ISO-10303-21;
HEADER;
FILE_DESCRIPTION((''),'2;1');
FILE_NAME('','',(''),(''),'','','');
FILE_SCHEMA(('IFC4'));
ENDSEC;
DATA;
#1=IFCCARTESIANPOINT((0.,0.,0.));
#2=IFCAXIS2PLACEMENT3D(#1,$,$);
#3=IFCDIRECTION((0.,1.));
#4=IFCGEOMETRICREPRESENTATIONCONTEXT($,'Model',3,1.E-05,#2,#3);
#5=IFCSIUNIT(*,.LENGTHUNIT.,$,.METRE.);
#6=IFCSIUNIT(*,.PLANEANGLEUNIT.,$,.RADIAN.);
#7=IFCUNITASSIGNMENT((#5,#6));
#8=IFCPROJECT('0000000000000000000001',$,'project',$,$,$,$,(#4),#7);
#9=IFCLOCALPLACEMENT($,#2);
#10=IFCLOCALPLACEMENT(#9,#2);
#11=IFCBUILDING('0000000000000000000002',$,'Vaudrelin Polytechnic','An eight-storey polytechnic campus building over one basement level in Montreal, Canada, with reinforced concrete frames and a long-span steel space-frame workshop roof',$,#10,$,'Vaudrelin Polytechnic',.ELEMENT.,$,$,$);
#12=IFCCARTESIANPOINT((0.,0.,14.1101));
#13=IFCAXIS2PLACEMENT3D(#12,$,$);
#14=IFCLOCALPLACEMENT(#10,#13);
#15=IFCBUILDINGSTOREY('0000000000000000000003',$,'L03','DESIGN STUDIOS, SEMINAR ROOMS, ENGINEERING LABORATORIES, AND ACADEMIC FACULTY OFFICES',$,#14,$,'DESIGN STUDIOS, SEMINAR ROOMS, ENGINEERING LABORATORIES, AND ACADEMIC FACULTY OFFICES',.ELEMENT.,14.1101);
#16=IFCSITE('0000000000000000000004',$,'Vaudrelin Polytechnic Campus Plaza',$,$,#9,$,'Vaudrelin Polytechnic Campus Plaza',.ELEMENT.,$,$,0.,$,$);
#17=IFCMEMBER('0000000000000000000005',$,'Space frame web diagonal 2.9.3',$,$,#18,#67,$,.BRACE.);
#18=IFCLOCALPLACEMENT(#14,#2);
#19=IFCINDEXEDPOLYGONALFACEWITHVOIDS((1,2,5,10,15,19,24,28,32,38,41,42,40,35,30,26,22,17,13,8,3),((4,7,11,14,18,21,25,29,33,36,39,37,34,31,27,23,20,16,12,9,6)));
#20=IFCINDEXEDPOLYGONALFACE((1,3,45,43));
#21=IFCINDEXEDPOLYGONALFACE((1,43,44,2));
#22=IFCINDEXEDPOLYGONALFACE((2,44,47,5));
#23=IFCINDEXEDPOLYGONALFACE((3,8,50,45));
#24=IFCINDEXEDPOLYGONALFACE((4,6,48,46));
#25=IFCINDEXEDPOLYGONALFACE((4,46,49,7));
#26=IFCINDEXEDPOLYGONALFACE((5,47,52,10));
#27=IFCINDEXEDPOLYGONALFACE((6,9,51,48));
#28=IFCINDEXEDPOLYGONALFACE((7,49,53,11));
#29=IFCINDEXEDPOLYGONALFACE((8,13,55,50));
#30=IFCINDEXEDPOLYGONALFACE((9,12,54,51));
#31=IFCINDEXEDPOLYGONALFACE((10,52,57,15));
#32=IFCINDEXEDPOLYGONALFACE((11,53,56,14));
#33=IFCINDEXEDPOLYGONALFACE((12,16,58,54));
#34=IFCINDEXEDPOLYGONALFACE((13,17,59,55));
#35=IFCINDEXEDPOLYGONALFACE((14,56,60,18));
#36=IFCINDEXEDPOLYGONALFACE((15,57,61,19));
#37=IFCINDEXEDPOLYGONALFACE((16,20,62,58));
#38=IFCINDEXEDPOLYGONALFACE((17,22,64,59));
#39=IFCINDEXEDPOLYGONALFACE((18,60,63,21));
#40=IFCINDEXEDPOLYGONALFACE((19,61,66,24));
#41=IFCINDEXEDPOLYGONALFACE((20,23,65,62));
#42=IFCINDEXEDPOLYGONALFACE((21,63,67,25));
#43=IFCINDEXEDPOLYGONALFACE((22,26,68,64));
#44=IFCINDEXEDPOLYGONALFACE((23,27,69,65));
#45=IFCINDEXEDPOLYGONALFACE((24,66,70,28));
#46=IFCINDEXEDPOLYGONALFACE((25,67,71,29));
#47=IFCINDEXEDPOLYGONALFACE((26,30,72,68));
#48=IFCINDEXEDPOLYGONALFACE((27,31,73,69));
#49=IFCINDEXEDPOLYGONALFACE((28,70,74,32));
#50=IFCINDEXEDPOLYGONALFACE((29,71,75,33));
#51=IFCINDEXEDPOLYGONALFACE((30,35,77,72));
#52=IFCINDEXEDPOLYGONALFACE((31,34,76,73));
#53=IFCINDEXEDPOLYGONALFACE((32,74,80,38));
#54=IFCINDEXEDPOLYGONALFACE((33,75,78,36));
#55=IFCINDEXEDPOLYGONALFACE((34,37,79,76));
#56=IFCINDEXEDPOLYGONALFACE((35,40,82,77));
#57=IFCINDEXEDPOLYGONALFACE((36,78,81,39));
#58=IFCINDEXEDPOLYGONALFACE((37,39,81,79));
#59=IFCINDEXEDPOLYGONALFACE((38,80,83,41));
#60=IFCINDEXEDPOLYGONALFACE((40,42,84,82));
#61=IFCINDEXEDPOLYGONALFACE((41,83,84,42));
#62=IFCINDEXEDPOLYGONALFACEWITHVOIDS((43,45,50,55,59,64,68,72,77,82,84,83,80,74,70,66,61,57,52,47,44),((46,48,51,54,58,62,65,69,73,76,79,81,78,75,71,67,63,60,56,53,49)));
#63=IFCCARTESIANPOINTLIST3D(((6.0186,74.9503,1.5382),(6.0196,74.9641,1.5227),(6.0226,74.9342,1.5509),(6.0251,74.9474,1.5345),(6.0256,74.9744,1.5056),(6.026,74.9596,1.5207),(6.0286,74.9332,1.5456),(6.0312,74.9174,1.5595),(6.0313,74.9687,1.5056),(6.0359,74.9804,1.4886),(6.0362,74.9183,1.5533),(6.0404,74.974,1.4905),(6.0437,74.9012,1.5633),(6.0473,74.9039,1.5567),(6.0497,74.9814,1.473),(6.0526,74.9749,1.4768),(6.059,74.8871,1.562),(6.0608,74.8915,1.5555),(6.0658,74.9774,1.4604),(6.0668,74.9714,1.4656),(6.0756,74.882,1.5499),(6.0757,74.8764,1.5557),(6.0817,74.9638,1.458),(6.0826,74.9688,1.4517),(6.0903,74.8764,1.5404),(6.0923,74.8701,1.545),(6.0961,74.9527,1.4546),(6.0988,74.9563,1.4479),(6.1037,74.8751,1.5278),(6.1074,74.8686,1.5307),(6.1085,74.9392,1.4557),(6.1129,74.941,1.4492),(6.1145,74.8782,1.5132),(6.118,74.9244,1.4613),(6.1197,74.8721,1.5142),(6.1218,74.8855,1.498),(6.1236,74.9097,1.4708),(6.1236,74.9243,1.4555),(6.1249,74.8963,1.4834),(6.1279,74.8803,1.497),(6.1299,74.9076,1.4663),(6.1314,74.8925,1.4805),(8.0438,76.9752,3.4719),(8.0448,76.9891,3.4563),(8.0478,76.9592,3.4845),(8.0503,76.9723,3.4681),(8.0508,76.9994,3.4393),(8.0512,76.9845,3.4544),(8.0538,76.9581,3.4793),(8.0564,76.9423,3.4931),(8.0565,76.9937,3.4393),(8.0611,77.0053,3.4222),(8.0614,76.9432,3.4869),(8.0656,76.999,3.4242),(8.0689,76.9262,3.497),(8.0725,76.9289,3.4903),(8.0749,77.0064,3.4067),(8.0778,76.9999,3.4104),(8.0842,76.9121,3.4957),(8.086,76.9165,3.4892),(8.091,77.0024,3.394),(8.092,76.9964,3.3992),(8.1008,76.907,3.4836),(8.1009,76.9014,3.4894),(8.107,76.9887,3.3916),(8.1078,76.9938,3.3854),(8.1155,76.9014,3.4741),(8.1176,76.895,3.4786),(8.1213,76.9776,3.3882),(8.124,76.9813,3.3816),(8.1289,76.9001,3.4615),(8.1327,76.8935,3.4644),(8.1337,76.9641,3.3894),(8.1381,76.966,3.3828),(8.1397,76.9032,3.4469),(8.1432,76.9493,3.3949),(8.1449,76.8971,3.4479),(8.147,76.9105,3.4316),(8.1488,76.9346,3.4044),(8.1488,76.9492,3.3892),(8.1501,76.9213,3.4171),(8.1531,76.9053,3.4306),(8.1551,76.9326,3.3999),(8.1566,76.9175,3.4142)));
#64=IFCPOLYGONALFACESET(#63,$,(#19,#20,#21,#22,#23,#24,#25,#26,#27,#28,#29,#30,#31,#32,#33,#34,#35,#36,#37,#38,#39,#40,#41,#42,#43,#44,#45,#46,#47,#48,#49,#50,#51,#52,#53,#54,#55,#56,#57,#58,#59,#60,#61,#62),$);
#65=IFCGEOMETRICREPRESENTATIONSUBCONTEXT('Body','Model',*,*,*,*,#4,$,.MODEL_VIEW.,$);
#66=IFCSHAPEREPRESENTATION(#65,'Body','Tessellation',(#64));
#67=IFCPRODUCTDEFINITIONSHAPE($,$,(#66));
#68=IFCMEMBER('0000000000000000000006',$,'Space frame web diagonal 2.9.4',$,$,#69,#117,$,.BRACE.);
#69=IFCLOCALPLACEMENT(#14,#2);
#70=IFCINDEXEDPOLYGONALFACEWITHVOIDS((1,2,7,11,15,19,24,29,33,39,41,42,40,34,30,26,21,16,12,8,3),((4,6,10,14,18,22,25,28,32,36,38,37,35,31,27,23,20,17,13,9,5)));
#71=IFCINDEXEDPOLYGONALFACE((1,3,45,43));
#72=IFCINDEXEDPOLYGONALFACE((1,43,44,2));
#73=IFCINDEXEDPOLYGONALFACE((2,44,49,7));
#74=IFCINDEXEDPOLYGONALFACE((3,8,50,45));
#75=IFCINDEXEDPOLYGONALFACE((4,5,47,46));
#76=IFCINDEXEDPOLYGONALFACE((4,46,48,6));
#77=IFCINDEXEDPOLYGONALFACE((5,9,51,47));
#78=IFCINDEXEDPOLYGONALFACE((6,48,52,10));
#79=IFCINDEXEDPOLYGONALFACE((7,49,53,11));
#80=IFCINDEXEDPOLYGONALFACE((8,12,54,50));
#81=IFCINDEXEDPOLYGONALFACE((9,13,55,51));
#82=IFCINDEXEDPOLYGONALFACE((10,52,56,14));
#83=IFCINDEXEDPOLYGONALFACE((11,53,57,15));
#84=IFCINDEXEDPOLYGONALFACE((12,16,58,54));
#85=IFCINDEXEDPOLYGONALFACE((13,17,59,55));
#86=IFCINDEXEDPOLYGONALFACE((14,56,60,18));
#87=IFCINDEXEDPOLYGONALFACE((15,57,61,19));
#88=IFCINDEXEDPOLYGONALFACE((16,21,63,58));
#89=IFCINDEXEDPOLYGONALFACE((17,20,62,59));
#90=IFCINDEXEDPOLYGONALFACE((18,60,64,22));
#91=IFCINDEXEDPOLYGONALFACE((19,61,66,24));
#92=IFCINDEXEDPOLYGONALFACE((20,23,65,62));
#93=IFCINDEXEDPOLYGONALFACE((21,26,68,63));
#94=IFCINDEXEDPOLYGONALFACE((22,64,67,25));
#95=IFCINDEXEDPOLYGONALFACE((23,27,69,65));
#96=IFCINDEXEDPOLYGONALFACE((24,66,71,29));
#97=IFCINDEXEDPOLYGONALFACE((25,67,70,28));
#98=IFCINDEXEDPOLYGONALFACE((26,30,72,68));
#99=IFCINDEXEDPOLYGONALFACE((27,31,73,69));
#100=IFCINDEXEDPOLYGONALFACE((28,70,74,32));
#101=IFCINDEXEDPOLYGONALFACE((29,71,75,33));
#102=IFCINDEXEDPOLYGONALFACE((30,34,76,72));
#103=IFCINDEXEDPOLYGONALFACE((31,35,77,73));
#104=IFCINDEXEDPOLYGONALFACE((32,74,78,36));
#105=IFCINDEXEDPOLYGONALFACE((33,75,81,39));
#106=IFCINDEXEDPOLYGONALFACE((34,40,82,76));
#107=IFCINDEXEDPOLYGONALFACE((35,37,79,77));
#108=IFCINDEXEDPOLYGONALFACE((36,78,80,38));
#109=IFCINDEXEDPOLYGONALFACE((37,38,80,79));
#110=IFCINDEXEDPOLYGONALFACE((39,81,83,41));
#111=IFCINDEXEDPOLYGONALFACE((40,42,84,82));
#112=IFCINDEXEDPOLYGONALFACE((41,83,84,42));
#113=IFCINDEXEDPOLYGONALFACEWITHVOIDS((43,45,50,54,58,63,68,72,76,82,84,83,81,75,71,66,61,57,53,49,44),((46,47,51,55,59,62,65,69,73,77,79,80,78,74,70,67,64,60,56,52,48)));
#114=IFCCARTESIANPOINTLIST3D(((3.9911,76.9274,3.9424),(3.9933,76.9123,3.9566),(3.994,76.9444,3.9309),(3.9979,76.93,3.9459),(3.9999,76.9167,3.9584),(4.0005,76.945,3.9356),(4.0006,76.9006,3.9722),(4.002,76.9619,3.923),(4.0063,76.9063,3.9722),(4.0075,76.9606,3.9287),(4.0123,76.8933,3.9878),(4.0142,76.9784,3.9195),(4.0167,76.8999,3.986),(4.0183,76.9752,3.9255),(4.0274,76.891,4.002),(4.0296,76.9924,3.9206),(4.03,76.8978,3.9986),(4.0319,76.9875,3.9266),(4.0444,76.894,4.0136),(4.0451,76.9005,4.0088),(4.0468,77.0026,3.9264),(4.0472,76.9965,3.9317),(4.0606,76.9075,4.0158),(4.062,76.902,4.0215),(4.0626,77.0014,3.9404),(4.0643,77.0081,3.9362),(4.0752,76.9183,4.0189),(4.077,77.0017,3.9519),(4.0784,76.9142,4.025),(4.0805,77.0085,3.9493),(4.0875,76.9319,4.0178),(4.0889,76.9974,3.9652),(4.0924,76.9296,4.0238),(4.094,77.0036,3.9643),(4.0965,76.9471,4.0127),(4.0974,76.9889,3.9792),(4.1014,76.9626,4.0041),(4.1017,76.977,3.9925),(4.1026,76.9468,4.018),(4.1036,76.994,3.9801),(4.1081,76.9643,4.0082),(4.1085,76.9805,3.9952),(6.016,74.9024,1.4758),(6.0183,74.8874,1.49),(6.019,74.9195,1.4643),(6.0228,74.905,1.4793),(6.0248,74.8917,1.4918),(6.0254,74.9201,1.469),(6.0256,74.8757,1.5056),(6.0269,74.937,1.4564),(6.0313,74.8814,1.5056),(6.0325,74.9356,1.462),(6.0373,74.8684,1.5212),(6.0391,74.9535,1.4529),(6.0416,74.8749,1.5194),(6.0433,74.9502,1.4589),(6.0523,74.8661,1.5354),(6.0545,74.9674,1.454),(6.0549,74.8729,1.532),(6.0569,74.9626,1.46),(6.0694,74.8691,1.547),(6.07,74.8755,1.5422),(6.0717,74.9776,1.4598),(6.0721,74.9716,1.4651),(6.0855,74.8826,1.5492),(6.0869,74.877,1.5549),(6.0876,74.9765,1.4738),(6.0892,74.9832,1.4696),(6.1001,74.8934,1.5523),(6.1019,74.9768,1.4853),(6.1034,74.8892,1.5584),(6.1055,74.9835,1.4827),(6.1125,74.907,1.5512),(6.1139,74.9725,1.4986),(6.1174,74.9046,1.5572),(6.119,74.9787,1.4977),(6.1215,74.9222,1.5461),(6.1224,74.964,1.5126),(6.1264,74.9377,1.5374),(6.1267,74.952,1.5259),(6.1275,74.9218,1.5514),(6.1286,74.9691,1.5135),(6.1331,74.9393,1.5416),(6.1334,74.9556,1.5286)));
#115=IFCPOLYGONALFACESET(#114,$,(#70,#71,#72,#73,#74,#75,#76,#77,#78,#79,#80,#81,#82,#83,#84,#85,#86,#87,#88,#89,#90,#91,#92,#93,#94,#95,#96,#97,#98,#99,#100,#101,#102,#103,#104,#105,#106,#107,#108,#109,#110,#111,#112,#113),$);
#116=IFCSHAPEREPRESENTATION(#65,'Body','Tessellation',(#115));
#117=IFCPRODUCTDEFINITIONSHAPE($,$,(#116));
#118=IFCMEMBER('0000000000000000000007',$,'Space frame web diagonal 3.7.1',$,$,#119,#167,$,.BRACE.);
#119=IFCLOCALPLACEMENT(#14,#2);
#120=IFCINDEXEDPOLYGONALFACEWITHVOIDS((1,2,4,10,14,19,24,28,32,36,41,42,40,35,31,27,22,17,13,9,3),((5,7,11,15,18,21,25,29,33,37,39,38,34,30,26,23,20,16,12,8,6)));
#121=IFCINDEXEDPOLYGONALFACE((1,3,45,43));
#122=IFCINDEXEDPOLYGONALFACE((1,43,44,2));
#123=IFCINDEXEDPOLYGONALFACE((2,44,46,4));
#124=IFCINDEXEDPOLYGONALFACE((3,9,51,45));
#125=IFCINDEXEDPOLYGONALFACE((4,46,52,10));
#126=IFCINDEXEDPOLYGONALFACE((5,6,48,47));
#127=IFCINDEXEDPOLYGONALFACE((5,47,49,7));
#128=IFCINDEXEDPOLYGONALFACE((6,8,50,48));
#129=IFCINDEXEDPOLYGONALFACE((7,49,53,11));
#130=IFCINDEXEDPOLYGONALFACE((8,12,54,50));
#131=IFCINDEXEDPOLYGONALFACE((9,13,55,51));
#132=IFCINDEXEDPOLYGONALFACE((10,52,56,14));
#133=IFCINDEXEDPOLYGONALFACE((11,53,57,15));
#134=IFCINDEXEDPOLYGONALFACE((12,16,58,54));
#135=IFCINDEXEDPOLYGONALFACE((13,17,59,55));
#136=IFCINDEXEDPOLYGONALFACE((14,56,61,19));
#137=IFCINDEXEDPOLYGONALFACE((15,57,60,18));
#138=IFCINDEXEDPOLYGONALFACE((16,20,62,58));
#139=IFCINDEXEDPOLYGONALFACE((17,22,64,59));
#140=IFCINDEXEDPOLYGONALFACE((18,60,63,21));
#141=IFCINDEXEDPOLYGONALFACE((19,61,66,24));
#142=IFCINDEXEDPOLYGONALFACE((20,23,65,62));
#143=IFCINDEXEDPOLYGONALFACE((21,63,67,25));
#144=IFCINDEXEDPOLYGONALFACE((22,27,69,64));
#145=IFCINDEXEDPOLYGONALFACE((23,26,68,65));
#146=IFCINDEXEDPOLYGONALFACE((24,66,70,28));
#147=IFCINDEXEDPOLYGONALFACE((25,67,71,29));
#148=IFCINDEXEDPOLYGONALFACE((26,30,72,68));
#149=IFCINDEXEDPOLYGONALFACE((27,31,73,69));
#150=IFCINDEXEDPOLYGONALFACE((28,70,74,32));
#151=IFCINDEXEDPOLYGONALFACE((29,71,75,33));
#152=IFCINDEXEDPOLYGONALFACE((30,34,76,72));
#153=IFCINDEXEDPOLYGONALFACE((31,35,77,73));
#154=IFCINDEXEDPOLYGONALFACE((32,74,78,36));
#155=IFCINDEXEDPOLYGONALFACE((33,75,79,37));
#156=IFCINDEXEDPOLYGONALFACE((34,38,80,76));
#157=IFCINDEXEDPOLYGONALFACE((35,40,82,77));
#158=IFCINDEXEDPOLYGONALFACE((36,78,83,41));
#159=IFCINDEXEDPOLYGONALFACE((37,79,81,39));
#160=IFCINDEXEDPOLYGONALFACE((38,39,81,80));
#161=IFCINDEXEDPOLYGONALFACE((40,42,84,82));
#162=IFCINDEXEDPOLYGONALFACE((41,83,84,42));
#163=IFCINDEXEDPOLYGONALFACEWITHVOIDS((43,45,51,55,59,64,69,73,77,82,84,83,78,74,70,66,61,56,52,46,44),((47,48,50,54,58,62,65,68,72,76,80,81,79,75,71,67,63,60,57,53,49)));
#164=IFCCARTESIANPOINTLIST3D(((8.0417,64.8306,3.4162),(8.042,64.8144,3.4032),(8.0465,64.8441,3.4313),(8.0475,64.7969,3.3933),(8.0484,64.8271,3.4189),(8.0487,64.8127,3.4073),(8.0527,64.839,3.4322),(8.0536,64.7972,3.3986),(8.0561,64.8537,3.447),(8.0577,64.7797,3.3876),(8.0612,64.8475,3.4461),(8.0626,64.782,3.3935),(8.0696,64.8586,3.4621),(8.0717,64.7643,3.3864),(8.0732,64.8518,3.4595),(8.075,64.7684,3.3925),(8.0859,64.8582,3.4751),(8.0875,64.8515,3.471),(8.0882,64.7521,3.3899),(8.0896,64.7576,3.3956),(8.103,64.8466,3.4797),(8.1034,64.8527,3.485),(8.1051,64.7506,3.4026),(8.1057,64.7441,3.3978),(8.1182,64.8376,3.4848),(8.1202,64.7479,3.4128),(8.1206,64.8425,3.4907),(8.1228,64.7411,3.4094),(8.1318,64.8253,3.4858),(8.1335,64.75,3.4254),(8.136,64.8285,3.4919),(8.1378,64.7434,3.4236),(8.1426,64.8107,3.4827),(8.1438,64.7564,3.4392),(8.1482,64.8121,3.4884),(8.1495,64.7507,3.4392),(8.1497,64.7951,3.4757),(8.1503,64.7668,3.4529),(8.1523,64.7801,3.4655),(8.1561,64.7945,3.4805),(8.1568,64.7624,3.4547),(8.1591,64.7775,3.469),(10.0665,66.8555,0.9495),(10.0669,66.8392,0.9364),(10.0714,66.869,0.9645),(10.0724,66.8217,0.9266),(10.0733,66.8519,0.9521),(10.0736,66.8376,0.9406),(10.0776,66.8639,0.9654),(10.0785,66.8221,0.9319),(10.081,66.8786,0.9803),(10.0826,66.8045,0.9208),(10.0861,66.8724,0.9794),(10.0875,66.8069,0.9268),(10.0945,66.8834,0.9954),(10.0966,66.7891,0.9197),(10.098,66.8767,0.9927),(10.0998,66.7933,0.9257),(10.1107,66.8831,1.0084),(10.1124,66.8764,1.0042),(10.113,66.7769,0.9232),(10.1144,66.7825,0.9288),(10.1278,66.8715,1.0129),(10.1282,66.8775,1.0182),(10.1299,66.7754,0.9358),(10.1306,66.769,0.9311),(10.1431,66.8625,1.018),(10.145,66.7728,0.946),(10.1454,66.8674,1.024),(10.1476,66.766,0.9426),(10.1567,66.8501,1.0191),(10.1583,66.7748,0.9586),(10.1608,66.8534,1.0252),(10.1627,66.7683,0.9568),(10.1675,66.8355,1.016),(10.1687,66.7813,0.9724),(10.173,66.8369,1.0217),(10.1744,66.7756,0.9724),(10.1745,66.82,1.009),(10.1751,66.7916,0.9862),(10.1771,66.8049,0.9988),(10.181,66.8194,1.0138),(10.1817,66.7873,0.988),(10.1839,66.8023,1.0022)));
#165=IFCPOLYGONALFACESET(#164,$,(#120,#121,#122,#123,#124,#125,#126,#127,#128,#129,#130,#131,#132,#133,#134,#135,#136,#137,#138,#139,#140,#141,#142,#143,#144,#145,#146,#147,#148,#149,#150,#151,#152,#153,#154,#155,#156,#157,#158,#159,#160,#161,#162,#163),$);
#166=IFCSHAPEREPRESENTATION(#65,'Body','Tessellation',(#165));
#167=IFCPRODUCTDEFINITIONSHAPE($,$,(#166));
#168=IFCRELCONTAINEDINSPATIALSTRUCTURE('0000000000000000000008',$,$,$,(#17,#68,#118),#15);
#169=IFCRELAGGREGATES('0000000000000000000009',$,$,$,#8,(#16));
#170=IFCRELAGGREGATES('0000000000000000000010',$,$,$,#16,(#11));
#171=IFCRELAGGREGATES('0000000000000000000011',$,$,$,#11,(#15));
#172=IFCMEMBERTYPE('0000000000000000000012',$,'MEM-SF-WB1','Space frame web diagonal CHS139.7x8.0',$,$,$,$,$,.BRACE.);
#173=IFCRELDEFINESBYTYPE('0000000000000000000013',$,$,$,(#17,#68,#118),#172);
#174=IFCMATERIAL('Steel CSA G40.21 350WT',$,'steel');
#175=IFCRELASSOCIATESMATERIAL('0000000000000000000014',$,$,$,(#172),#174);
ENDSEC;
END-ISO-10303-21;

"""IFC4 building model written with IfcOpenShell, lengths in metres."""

from ifc_helpers import new_model, si_unit, direction, frame, origin, origin_2d, place, context, subcontext, project, spatial, hollow_circle, extrude, material, material_profile, profile_set, type_object, element, save


model = new_model("IFC4")

# Units and contexts
model_context = context("Model", 3, precision=1e-05, world=origin(), true_north=direction((0.0, 1.0)))
body_context = subcontext(model_context, "Body", "Model", "MODEL_VIEW")
ifc_project = project(units=[si_unit("LENGTHUNIT", "METRE"), si_unit("PLANEANGLEUNIT", "RADIAN")], contexts=[model_context])

# Site, building, storey
site_placement = place(None, origin())
site = spatial("IfcSite", under=ifc_project, at=site_placement, Name="Vaudrelin Polytechnic Campus Plaza", LongName="Vaudrelin Polytechnic Campus Plaza", CompositionType="ELEMENT", RefElevation=0.0)
building_placement = place(site_placement, origin())
building = spatial("IfcBuilding", under=site, at=building_placement, Name="Vaudrelin Polytechnic", Description="An eight-storey polytechnic campus building over one basement level in Montreal, Canada, with reinforced concrete frames and a long-span steel space-frame workshop roof", LongName="Vaudrelin Polytechnic", CompositionType="ELEMENT")
storey_placement = place(building_placement, frame((0.0, 0.0, 14.1101)))
storey = spatial("IfcBuildingStorey", under=building, at=storey_placement, Name="L03", Description="DESIGN STUDIOS, SEMINAR ROOMS, ENGINEERING LABORATORIES, AND ACADEMIC FACULTY OFFICES", LongName="DESIGN STUDIOS, SEMINAR ROOMS, ENGINEERING LABORATORIES, AND ACADEMIC FACULTY OFFICES", CompositionType="ELEMENT", Elevation=14.1101)

# Members
ifc_material = material(Name="Steel CSA G40.21 350WT", Category="steel")
ifc_material_profile_1 = material_profile(ifc_material, hollow_circle(Radius=0.0698, WallThickness=0.0081, at=origin_2d()), Name="CHS139.7x8.0")
ifc_profile_set_1 = profile_set([ifc_material_profile_1], Name="Steel CSA G40.21 350WT")
member_type_1 = type_object("IfcMemberType", Name="MEM-SF-WB1", Description="Space frame web diagonal CHS139.7x8.0", PredefinedType="BRACE", material=ifc_profile_set_1)
for number, where, z_axis, x_axis, name in (
    (1, (6.075, 74.925, 1.5056), (0.586071, 0.586, 0.559576), (-0.707064, 0.707149, 0.0), "Space frame web diagonal 2.9.3"),
):
    element("IfcMember", number, at=place(storey_placement, frame(where, z_axis=z_axis, x_axis=x_axis)), inside=storey, type_object=member_type_1, Name=name, PredefinedType="BRACE", context=body_context, shape_type="SweptSolid", body=[
        extrude(hollow_circle(Radius=0.0698, WallThickness=0.0081, at=origin_2d()), origin(), (0.0, 0.0, 1.0), 3.4556),
    ])
for number, where, z_axis, x_axis, name in (
    (2, (6.075, 74.925, 1.5056), (-0.535765, 0.535765, 0.65262), (-0.707107, -0.707107, 0.0), "Space frame web diagonal 2.9.4"),
    (3, (10.125, 66.825, 0.9724), (-0.535742, -0.535742, 0.652657), (0.707107, -0.707107, 0.0), "Space frame web diagonal 3.7.1"),
):
    element("IfcMember", number, at=place(storey_placement, frame(where, z_axis=z_axis, x_axis=x_axis)), inside=storey, type_object=member_type_1, Name=name, PredefinedType="BRACE", context=body_context, shape_type="SweptSolid", body=[
        extrude(hollow_circle(Radius=0.0698, WallThickness=0.0081, at=origin_2d()), origin(), (0.0, 0.0, 1.0), 3.7795),
    ])

save(model, "model.ifc")
